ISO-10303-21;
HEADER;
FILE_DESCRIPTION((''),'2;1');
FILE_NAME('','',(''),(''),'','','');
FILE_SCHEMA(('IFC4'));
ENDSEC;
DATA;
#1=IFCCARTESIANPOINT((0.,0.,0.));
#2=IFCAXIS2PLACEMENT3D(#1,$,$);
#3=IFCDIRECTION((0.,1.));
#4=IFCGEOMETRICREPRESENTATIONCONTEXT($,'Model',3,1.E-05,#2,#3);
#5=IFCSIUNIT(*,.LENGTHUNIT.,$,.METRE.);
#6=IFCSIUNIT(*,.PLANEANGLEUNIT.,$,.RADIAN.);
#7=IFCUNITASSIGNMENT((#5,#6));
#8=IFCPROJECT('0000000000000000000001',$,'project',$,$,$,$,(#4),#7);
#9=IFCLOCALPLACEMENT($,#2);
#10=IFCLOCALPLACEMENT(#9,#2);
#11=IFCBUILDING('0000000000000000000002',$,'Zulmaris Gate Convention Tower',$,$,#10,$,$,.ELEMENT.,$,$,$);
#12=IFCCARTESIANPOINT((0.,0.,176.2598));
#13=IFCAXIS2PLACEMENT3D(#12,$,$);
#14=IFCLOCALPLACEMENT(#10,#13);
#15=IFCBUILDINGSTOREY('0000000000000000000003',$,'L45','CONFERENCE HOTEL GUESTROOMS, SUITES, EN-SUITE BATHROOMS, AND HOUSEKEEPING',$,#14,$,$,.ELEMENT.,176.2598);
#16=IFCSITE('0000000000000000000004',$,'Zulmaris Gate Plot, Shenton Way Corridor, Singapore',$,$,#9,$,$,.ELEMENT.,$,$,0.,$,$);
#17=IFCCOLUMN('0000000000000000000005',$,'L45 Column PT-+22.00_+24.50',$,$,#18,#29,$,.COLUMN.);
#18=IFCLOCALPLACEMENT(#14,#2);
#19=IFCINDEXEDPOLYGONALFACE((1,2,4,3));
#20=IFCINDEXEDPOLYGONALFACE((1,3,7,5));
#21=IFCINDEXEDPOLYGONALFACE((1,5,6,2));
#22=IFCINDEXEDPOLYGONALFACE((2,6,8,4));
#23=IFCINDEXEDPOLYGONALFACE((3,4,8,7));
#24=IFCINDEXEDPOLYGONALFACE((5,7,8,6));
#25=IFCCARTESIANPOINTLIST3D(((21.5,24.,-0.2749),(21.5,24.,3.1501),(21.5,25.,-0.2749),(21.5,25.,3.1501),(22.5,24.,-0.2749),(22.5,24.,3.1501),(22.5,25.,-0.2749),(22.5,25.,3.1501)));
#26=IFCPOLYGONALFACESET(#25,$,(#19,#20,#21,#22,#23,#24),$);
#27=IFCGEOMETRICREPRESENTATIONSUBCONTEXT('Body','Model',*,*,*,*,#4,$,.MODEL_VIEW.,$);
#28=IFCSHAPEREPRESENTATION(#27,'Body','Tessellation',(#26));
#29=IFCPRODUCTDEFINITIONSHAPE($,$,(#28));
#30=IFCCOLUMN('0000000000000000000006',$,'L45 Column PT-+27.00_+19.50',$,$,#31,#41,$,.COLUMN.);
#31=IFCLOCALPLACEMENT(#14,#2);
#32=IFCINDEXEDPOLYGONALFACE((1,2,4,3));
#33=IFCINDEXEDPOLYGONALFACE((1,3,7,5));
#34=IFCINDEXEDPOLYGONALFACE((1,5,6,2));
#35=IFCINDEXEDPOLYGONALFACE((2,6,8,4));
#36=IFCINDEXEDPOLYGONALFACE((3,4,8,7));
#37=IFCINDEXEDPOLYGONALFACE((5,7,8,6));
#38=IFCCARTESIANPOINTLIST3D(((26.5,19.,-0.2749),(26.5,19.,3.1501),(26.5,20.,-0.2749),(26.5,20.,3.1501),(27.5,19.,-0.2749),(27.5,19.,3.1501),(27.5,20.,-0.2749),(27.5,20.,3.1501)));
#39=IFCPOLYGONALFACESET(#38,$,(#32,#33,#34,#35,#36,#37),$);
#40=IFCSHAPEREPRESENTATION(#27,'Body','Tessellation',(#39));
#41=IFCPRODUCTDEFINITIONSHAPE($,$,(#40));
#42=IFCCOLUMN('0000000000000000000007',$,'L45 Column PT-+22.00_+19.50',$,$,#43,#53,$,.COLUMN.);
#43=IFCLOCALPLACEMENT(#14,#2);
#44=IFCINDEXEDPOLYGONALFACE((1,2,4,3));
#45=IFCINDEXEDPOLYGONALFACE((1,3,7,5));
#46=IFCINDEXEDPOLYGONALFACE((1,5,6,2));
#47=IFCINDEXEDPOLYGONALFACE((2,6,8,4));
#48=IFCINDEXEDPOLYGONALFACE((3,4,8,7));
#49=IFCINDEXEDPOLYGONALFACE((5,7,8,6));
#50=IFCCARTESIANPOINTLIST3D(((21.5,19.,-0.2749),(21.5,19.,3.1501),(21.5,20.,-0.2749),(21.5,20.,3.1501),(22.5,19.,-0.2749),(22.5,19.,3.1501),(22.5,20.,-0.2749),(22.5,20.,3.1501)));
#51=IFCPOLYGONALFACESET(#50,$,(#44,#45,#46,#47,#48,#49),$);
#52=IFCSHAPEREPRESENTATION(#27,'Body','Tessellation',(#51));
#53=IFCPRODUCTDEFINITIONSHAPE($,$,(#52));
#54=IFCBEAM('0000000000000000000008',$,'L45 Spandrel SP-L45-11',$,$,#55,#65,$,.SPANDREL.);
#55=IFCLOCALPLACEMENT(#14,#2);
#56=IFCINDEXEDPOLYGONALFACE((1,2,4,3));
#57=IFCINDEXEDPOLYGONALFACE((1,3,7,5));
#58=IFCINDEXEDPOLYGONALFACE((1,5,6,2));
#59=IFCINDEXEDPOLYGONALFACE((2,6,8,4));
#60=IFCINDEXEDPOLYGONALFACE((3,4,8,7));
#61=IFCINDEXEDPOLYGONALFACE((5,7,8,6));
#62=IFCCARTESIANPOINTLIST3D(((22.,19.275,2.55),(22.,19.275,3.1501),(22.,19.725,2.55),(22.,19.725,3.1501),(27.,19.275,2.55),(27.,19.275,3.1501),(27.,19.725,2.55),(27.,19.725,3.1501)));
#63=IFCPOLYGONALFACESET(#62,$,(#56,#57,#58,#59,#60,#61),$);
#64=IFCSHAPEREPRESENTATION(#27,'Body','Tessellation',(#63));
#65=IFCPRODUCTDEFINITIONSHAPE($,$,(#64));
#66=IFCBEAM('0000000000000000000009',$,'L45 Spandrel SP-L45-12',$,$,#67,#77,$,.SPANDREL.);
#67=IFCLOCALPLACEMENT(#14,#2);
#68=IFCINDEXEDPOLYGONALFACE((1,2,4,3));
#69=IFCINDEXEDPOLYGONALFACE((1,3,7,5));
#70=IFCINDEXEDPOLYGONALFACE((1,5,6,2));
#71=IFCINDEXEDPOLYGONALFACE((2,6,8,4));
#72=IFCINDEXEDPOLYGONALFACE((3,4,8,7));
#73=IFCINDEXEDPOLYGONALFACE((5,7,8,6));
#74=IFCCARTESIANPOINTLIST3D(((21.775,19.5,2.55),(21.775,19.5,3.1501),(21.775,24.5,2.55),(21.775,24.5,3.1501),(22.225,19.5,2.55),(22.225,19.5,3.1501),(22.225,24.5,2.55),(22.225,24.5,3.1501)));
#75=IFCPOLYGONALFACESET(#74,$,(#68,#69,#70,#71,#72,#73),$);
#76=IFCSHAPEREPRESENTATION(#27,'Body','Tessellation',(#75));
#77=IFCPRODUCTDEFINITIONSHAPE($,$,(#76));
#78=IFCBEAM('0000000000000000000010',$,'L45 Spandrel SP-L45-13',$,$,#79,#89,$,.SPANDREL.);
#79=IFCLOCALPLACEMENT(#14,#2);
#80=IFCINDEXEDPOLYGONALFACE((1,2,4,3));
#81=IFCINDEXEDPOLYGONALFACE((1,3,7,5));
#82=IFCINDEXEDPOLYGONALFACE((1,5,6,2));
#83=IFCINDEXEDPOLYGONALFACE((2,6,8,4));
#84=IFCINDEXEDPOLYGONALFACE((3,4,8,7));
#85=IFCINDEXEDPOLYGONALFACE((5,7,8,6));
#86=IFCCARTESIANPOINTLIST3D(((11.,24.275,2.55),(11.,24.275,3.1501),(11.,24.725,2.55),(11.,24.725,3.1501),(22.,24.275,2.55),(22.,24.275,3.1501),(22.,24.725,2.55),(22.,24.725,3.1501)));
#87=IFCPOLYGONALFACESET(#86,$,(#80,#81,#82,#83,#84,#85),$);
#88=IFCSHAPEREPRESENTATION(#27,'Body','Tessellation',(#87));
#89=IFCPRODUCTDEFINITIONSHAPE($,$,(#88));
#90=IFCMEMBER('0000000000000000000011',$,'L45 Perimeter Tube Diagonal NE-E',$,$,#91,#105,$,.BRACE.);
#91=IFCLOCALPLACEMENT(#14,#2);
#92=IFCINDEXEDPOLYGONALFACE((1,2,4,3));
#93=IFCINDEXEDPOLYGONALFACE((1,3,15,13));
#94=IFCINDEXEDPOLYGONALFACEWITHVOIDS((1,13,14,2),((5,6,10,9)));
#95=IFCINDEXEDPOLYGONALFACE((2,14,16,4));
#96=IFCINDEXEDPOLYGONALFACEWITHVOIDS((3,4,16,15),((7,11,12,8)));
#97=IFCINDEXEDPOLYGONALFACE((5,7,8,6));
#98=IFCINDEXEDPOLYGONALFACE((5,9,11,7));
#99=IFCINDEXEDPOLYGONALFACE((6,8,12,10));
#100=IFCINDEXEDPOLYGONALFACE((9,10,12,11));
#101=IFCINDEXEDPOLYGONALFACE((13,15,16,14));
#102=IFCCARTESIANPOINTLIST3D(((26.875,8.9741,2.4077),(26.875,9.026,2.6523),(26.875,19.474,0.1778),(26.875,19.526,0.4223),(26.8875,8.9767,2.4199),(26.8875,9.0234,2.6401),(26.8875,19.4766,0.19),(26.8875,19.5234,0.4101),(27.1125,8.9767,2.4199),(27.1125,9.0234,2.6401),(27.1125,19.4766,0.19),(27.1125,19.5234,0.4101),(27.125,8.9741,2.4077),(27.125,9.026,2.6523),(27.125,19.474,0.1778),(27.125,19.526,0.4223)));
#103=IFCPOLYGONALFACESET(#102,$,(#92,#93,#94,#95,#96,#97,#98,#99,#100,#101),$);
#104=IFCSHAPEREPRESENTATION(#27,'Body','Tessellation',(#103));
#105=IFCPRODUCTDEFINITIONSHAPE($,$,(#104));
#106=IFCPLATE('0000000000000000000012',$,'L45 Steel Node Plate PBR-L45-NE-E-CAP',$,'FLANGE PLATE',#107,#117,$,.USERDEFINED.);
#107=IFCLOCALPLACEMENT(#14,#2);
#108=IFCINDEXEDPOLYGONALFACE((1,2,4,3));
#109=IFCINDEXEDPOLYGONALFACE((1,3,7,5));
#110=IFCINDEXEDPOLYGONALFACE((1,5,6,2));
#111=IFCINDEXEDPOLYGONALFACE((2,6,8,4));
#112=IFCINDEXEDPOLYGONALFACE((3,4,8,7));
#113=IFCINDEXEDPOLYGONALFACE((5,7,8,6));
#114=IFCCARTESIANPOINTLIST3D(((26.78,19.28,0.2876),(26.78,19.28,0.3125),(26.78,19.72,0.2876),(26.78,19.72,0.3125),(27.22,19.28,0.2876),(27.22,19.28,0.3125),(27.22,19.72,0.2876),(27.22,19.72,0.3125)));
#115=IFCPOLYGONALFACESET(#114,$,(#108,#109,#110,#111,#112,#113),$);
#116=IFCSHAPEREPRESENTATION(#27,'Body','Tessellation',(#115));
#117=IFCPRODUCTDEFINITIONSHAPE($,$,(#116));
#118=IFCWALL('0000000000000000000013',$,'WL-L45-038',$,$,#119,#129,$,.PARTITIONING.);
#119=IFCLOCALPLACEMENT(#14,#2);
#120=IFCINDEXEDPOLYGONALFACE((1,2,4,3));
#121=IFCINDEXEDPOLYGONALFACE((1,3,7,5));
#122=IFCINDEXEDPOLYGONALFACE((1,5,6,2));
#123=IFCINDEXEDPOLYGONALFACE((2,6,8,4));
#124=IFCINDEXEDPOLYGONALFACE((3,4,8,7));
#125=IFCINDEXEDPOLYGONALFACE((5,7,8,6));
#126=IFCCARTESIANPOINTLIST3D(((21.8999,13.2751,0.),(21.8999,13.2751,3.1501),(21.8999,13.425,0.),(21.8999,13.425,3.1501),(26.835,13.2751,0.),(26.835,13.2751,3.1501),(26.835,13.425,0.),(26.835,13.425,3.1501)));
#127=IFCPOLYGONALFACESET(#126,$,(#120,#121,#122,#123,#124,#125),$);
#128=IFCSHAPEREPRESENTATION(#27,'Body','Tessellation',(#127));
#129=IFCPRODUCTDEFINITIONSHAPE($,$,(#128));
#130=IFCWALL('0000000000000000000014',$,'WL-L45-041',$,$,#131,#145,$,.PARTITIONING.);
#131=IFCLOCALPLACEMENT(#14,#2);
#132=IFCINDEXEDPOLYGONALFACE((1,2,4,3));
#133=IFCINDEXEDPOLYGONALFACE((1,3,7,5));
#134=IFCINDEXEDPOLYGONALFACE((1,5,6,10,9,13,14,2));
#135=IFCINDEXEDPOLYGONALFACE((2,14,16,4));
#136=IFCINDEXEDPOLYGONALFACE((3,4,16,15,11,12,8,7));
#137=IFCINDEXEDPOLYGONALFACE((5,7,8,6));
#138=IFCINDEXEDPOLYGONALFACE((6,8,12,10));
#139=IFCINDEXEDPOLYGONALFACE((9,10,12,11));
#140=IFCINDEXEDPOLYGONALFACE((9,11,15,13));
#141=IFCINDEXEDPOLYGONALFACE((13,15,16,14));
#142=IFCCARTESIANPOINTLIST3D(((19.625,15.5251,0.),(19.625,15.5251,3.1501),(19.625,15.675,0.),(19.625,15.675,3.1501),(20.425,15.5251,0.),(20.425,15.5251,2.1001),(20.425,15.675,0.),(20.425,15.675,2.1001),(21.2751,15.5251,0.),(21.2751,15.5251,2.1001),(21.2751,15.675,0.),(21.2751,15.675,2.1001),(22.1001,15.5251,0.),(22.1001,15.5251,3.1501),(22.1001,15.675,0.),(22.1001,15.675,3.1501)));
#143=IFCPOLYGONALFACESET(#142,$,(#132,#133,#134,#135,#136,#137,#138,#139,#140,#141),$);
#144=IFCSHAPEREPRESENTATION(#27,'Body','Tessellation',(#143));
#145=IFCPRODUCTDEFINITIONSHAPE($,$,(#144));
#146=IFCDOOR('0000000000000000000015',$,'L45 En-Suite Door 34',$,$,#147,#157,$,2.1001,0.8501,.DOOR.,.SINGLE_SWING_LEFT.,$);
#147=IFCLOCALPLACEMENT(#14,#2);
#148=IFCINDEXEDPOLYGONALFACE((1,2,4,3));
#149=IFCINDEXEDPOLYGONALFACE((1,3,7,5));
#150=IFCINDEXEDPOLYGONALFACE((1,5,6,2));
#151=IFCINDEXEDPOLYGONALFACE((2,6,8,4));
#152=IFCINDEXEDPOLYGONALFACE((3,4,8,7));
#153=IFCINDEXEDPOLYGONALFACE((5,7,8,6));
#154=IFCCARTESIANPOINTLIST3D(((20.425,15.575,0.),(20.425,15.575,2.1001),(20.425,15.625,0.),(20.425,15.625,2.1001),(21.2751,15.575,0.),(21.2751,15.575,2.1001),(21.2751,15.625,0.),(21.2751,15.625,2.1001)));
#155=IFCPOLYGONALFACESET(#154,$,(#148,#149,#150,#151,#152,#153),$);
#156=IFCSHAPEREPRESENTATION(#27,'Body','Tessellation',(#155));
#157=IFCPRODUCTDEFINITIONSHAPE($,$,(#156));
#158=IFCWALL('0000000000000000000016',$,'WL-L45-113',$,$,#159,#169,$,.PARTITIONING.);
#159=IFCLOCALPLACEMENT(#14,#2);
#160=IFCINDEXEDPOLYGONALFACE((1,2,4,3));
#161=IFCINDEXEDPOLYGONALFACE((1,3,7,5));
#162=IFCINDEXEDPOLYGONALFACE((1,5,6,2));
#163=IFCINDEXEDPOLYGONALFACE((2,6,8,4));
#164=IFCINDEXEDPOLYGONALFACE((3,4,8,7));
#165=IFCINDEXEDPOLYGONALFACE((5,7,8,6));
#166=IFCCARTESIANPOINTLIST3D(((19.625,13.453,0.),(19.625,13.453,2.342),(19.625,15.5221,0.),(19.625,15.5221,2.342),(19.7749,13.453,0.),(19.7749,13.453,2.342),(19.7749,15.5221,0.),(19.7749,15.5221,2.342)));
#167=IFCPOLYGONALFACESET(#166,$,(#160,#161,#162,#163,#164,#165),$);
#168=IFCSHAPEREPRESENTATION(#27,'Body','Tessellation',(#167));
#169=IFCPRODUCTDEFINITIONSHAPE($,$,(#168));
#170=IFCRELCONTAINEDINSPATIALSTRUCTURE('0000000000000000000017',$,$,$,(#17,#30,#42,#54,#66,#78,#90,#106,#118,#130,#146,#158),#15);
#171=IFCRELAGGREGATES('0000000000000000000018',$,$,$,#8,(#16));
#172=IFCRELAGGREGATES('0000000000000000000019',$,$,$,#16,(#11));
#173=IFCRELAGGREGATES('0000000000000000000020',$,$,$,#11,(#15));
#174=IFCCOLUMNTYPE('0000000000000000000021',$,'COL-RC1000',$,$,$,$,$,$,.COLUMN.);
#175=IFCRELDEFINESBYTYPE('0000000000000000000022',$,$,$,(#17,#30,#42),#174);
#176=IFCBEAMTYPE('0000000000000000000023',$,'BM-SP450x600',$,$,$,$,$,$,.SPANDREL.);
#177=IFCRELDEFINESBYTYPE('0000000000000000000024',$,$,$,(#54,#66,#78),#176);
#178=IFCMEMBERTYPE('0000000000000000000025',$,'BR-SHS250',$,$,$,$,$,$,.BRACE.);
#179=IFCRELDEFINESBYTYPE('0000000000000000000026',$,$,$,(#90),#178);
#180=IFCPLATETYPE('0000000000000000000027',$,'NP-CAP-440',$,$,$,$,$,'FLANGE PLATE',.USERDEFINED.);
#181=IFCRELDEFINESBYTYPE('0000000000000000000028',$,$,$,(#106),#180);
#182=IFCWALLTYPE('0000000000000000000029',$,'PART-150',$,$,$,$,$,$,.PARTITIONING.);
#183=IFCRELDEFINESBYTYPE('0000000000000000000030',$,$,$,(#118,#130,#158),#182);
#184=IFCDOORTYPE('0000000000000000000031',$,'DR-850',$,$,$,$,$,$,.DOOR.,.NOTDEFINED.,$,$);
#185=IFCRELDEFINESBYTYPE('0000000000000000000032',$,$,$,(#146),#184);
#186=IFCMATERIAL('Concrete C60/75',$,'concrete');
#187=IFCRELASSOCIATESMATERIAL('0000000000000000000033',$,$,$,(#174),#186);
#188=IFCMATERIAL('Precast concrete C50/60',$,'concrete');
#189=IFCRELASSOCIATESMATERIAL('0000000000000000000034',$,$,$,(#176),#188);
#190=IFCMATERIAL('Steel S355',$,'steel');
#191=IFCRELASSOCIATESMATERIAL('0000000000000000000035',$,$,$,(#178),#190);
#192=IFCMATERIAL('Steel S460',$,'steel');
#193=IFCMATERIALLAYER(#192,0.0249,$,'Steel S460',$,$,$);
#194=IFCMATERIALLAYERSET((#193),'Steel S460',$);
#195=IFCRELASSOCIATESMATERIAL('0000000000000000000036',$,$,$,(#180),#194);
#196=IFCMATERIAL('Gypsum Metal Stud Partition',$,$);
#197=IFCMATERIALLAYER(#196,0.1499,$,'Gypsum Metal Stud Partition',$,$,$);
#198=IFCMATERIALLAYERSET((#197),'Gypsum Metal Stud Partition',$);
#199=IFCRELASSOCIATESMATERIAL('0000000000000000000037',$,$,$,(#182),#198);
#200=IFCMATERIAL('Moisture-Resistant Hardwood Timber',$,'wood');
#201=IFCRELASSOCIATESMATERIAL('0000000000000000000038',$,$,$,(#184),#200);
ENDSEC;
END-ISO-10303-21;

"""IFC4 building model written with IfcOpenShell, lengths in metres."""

from ifc_helpers import new_model, si_unit, direction, frame, frame_2d, origin, origin_2d, place, context, subcontext, project, spatial, rectangle, hollow_rectangle, extrude, material, layer, layer_set, material_profile, profile_set, type_object, element, fill, save


model = new_model("IFC4")

# Units and contexts
model_context = context("Model", 3, precision=1e-05, world=origin(), true_north=direction((0.0, 1.0)))
body_context = subcontext(model_context, "Body", "Model", "MODEL_VIEW")
ifc_project = project(units=[si_unit("LENGTHUNIT", "METRE"), si_unit("PLANEANGLEUNIT", "RADIAN")], contexts=[model_context])

# Site, building, storey
site_placement = place(None, origin())
site = spatial("IfcSite", under=ifc_project, at=site_placement, Name="Zulmaris Gate Plot, Shenton Way Corridor, Singapore", CompositionType="ELEMENT", RefElevation=0.0)
building_placement = place(site_placement, origin())
building = spatial("IfcBuilding", under=site, at=building_placement, Name="Zulmaris Gate Convention Tower", CompositionType="ELEMENT")
storey_placement = place(building_placement, frame((0.0, 0.0, 176.2598)))
storey = spatial("IfcBuildingStorey", under=building, at=storey_placement, Name="L45", Description="CONFERENCE HOTEL GUESTROOMS, SUITES, EN-SUITE BATHROOMS, AND HOUSEKEEPING", CompositionType="ELEMENT", Elevation=176.2598)

# Columns
ifc_material_1 = material(Name="Concrete C60/75", Category="concrete")
ifc_material_profile_1 = material_profile(ifc_material_1, rectangle(XDim=1.0, YDim=1.0, at=origin_2d()), Name="RC COL 1000x1000")
ifc_profile_set_1 = profile_set([ifc_material_profile_1], Name="Concrete C60/75")
column_type = type_object("IfcColumnType", Name="COL-RC1000", PredefinedType="COLUMN", material=ifc_profile_set_1)
for number, where, z_axis, x_axis, name in (
    (1, (22.0, 24.5, -0.2749), (0.0, 0.0, 1.0), (1.0, 0.0, 0.0), "L45 Column PT-+22.00_+24.50"),
    (2, (27.0, 19.5, -0.2749), (0.0, 0.0, 1.0), (1.0, 0.0, 0.0), "L45 Column PT-+27.00_+19.50"),
    (3, (22.0, 19.5, -0.2749), (0.0, 0.0, 1.0), (1.0, 0.0, 0.0), "L45 Column PT-+22.00_+19.50"),
):
    element("IfcColumn", number, at=place(storey_placement, frame(where, z_axis=z_axis, x_axis=x_axis)), inside=storey, type_object=column_type, Name=name, PredefinedType="COLUMN", context=body_context, shape_type="SweptSolid", body=[
        extrude(rectangle(XDim=1.0, YDim=1.0, at=origin_2d()), origin(), (0.0, 0.0, 1.0), 3.425),
    ])

# Beams
ifc_material_2 = material(Name="Precast concrete C50/60", Category="concrete")
ifc_material_profile_2 = material_profile(ifc_material_2, rectangle(XDim=0.45, YDim=0.6001, at=origin_2d()), Name="RC SPANDREL 450x600")
ifc_profile_set_2 = profile_set([ifc_material_profile_2], Name="Precast concrete C50/60")
beam_type = type_object("IfcBeamType", Name="BM-SP450x600", PredefinedType="SPANDREL", material=ifc_profile_set_2)
for number, where, z_axis, x_axis, name in (
    (4, (27.0, 19.5, 2.8501), (-1.0, 0.0, 0.0), (0.0, -1.0, 0.0), "L45 Spandrel SP-L45-11"),
    (5, (22.0, 19.5, 2.8501), (0.0, 1.0, 0.0), (-1.0, 0.0, 0.0), "L45 Spandrel SP-L45-12"),
):
    element("IfcBeam", number, at=place(storey_placement, frame(where, z_axis=z_axis, x_axis=x_axis)), inside=storey, type_object=beam_type, Name=name, PredefinedType="SPANDREL", context=body_context, shape_type="SweptSolid", body=[
        extrude(rectangle(XDim=0.45, YDim=0.6001, at=origin_2d()), origin(), (0.0, 0.0, 1.0), 5.0),
    ])
beam_placement = place(storey_placement, frame((22.0, 24.5, 2.8501), z_axis=(-1.0, 0.0, 0.0), x_axis=(0.0, -1.0, 0.0)))
element("IfcBeam", 6, at=beam_placement, inside=storey, type_object=beam_type, Name="L45 Spandrel SP-L45-13", PredefinedType="SPANDREL", context=body_context, shape_type="SweptSolid", body=[
    extrude(rectangle(XDim=0.45, YDim=0.6001, at=origin_2d()), origin(), (0.0, 0.0, 1.0), 11.0),
])

# Member
ifc_material_3 = material(Name="Steel S355", Category="steel")
ifc_material_profile_3 = material_profile(ifc_material_3, hollow_rectangle(XDim=0.25, YDim=0.25, WallThickness=0.0125, at=origin_2d()), Name="SHS 250x250x12.5")
ifc_profile_set_3 = profile_set([ifc_material_profile_3], Name="Steel S355")
member_type = type_object("IfcMemberType", Name="BR-SHS250", PredefinedType="BRACE", material=ifc_profile_set_3)
member_placement = place(storey_placement, frame((27.0, 19.5, 0.3), z_axis=(0.0, -0.978183, 0.207746), x_axis=(1.0, 0.0, 0.0)))
element("IfcMember", 7, at=member_placement, inside=storey, type_object=member_type, Name="L45 Perimeter Tube Diagonal NE-E", PredefinedType="BRACE", context=body_context, shape_type="SweptSolid", body=[
    extrude(hollow_rectangle(XDim=0.25, YDim=0.25, WallThickness=0.0125, at=origin_2d()), origin(), (0.0, 0.0, 1.0), 10.7341),
])

# Plate
ifc_material_4 = material(Name="Steel S460", Category="steel")
ifc_layer_1 = layer(ifc_material_4, 0.0249, Name="Steel S460")
ifc_layer_set_1 = layer_set([ifc_layer_1], Name="Steel S460")
plate_type = type_object("IfcPlateType", Name="NP-CAP-440", ElementType="FLANGE PLATE", PredefinedType="USERDEFINED", material=ifc_layer_set_1)
plate_placement = place(storey_placement, frame((27.0, 19.5, 0.2876), z_axis=(0.0, 0.0, 1.0), x_axis=(1.0, 0.0, 0.0)))
element("IfcPlate", 8, at=plate_placement, inside=storey, type_object=plate_type, Name="L45 Steel Node Plate PBR-L45-NE-E-CAP", ObjectType="FLANGE PLATE", PredefinedType="USERDEFINED", context=body_context, shape_type="SweptSolid", body=[
    extrude(rectangle(XDim=0.4399, YDim=0.4399, at=origin_2d()), origin(), (0.0, 0.0, 1.0), 0.0249),
])

# Wall
ifc_material_5 = material(Name="Gypsum Metal Stud Partition")
ifc_layer_2 = layer(ifc_material_5, 0.1499, Name="Gypsum Metal Stud Partition")
ifc_layer_set_2 = layer_set([ifc_layer_2], Name="Gypsum Metal Stud Partition")
wall_type_1 = type_object("IfcWallType", Name="PART-150", PredefinedType="PARTITIONING", material=ifc_layer_set_2)
wall_1_placement = place(storey_placement, frame((21.8999, 13.3501, 0.0), z_axis=(0.0, 0.0, 1.0), x_axis=(1.0, 0.0, 0.0)))
element("IfcWall", 9, at=wall_1_placement, inside=storey, type_object=wall_type_1, Name="WL-L45-038", PredefinedType="PARTITIONING", context=body_context, shape_type="SweptSolid", body=[
    extrude(rectangle(XDim=4.9351, YDim=0.1499, at=frame_2d((2.4675, 0.0))), origin(), (0.0, 0.0, 1.0), 3.1501),
])

# Wall, opening, door
wall_2_placement = place(storey_placement, frame((19.625, 15.6001, 0.0), z_axis=(0.0, 0.0, 1.0), x_axis=(1.0, 0.0, 0.0)))
wall_2 = element("IfcWall", 10, at=wall_2_placement, inside=storey, type_object=wall_type_1, Name="WL-L45-041", PredefinedType="PARTITIONING", context=body_context, shape_type="SweptSolid", body=[
    extrude(rectangle(XDim=2.4751, YDim=0.1499, at=frame_2d((1.2375, 0.0))), origin(), (0.0, 0.0, 1.0), 3.1501),
])
opening_1_placement = place(wall_2_placement, frame((0.8, 0.0, 0.0)))
opening_1 = element("IfcOpeningElement", 11, at=opening_1_placement, cuts=wall_2, PredefinedType="OPENING", context=body_context, shape_type="SweptSolid", body=[
    extrude(rectangle(XDim=0.8501, YDim=2.1001, at=frame_2d((0.425, 1.05))), frame((0.0, 0.085, 0.0), z_axis=(0.0, -1.0, 0.0), x_axis=(1.0, 0.0, 0.0)), (0.0, 0.0, 1.0), 0.1699),
])
ifc_material_6 = material(Name="Moisture-Resistant Hardwood Timber", Category="wood")
door_type_1 = type_object("IfcDoorType", Name="DR-850", OperationType="NOTDEFINED", PredefinedType="DOOR", material=ifc_material_6)
door_1_placement = place(opening_1_placement, origin())
door_1 = element("IfcDoor", 12, at=door_1_placement, inside=storey, type_object=door_type_1, Name="L45 En-Suite Door 34", OperationType="SINGLE_SWING_LEFT", OverallHeight=2.1001, OverallWidth=0.8501, PredefinedType="DOOR", context=body_context, shape_type="SweptSolid", body=[
    extrude(rectangle(XDim=0.8501, YDim=2.1001, at=frame_2d((0.425, 1.05))), frame((0.0, 0.0249, 0.0), z_axis=(0.0, -1.0, 0.0), x_axis=(1.0, 0.0, 0.0)), (0.0, 0.0, 1.0), 0.05),
])
fill(opening_1, door_1)

# Wall
wall_3_placement = place(storey_placement, frame((19.7, 13.4529, 0.0), z_axis=(0.0, 0.0, 1.0), x_axis=(0.0, 1.0, 0.0)))
element("IfcWall", 13, at=wall_3_placement, inside=storey, type_object=wall_type_1, Name="WL-L45-113", PredefinedType="PARTITIONING", context=body_context, shape_type="SweptSolid", body=[
    extrude(rectangle(XDim=2.0691, YDim=0.1499, at=frame_2d((1.0347, 0.0))), origin(), (0.0, 0.0, 1.0), 2.342),
])

save(model, "model.ifc")
